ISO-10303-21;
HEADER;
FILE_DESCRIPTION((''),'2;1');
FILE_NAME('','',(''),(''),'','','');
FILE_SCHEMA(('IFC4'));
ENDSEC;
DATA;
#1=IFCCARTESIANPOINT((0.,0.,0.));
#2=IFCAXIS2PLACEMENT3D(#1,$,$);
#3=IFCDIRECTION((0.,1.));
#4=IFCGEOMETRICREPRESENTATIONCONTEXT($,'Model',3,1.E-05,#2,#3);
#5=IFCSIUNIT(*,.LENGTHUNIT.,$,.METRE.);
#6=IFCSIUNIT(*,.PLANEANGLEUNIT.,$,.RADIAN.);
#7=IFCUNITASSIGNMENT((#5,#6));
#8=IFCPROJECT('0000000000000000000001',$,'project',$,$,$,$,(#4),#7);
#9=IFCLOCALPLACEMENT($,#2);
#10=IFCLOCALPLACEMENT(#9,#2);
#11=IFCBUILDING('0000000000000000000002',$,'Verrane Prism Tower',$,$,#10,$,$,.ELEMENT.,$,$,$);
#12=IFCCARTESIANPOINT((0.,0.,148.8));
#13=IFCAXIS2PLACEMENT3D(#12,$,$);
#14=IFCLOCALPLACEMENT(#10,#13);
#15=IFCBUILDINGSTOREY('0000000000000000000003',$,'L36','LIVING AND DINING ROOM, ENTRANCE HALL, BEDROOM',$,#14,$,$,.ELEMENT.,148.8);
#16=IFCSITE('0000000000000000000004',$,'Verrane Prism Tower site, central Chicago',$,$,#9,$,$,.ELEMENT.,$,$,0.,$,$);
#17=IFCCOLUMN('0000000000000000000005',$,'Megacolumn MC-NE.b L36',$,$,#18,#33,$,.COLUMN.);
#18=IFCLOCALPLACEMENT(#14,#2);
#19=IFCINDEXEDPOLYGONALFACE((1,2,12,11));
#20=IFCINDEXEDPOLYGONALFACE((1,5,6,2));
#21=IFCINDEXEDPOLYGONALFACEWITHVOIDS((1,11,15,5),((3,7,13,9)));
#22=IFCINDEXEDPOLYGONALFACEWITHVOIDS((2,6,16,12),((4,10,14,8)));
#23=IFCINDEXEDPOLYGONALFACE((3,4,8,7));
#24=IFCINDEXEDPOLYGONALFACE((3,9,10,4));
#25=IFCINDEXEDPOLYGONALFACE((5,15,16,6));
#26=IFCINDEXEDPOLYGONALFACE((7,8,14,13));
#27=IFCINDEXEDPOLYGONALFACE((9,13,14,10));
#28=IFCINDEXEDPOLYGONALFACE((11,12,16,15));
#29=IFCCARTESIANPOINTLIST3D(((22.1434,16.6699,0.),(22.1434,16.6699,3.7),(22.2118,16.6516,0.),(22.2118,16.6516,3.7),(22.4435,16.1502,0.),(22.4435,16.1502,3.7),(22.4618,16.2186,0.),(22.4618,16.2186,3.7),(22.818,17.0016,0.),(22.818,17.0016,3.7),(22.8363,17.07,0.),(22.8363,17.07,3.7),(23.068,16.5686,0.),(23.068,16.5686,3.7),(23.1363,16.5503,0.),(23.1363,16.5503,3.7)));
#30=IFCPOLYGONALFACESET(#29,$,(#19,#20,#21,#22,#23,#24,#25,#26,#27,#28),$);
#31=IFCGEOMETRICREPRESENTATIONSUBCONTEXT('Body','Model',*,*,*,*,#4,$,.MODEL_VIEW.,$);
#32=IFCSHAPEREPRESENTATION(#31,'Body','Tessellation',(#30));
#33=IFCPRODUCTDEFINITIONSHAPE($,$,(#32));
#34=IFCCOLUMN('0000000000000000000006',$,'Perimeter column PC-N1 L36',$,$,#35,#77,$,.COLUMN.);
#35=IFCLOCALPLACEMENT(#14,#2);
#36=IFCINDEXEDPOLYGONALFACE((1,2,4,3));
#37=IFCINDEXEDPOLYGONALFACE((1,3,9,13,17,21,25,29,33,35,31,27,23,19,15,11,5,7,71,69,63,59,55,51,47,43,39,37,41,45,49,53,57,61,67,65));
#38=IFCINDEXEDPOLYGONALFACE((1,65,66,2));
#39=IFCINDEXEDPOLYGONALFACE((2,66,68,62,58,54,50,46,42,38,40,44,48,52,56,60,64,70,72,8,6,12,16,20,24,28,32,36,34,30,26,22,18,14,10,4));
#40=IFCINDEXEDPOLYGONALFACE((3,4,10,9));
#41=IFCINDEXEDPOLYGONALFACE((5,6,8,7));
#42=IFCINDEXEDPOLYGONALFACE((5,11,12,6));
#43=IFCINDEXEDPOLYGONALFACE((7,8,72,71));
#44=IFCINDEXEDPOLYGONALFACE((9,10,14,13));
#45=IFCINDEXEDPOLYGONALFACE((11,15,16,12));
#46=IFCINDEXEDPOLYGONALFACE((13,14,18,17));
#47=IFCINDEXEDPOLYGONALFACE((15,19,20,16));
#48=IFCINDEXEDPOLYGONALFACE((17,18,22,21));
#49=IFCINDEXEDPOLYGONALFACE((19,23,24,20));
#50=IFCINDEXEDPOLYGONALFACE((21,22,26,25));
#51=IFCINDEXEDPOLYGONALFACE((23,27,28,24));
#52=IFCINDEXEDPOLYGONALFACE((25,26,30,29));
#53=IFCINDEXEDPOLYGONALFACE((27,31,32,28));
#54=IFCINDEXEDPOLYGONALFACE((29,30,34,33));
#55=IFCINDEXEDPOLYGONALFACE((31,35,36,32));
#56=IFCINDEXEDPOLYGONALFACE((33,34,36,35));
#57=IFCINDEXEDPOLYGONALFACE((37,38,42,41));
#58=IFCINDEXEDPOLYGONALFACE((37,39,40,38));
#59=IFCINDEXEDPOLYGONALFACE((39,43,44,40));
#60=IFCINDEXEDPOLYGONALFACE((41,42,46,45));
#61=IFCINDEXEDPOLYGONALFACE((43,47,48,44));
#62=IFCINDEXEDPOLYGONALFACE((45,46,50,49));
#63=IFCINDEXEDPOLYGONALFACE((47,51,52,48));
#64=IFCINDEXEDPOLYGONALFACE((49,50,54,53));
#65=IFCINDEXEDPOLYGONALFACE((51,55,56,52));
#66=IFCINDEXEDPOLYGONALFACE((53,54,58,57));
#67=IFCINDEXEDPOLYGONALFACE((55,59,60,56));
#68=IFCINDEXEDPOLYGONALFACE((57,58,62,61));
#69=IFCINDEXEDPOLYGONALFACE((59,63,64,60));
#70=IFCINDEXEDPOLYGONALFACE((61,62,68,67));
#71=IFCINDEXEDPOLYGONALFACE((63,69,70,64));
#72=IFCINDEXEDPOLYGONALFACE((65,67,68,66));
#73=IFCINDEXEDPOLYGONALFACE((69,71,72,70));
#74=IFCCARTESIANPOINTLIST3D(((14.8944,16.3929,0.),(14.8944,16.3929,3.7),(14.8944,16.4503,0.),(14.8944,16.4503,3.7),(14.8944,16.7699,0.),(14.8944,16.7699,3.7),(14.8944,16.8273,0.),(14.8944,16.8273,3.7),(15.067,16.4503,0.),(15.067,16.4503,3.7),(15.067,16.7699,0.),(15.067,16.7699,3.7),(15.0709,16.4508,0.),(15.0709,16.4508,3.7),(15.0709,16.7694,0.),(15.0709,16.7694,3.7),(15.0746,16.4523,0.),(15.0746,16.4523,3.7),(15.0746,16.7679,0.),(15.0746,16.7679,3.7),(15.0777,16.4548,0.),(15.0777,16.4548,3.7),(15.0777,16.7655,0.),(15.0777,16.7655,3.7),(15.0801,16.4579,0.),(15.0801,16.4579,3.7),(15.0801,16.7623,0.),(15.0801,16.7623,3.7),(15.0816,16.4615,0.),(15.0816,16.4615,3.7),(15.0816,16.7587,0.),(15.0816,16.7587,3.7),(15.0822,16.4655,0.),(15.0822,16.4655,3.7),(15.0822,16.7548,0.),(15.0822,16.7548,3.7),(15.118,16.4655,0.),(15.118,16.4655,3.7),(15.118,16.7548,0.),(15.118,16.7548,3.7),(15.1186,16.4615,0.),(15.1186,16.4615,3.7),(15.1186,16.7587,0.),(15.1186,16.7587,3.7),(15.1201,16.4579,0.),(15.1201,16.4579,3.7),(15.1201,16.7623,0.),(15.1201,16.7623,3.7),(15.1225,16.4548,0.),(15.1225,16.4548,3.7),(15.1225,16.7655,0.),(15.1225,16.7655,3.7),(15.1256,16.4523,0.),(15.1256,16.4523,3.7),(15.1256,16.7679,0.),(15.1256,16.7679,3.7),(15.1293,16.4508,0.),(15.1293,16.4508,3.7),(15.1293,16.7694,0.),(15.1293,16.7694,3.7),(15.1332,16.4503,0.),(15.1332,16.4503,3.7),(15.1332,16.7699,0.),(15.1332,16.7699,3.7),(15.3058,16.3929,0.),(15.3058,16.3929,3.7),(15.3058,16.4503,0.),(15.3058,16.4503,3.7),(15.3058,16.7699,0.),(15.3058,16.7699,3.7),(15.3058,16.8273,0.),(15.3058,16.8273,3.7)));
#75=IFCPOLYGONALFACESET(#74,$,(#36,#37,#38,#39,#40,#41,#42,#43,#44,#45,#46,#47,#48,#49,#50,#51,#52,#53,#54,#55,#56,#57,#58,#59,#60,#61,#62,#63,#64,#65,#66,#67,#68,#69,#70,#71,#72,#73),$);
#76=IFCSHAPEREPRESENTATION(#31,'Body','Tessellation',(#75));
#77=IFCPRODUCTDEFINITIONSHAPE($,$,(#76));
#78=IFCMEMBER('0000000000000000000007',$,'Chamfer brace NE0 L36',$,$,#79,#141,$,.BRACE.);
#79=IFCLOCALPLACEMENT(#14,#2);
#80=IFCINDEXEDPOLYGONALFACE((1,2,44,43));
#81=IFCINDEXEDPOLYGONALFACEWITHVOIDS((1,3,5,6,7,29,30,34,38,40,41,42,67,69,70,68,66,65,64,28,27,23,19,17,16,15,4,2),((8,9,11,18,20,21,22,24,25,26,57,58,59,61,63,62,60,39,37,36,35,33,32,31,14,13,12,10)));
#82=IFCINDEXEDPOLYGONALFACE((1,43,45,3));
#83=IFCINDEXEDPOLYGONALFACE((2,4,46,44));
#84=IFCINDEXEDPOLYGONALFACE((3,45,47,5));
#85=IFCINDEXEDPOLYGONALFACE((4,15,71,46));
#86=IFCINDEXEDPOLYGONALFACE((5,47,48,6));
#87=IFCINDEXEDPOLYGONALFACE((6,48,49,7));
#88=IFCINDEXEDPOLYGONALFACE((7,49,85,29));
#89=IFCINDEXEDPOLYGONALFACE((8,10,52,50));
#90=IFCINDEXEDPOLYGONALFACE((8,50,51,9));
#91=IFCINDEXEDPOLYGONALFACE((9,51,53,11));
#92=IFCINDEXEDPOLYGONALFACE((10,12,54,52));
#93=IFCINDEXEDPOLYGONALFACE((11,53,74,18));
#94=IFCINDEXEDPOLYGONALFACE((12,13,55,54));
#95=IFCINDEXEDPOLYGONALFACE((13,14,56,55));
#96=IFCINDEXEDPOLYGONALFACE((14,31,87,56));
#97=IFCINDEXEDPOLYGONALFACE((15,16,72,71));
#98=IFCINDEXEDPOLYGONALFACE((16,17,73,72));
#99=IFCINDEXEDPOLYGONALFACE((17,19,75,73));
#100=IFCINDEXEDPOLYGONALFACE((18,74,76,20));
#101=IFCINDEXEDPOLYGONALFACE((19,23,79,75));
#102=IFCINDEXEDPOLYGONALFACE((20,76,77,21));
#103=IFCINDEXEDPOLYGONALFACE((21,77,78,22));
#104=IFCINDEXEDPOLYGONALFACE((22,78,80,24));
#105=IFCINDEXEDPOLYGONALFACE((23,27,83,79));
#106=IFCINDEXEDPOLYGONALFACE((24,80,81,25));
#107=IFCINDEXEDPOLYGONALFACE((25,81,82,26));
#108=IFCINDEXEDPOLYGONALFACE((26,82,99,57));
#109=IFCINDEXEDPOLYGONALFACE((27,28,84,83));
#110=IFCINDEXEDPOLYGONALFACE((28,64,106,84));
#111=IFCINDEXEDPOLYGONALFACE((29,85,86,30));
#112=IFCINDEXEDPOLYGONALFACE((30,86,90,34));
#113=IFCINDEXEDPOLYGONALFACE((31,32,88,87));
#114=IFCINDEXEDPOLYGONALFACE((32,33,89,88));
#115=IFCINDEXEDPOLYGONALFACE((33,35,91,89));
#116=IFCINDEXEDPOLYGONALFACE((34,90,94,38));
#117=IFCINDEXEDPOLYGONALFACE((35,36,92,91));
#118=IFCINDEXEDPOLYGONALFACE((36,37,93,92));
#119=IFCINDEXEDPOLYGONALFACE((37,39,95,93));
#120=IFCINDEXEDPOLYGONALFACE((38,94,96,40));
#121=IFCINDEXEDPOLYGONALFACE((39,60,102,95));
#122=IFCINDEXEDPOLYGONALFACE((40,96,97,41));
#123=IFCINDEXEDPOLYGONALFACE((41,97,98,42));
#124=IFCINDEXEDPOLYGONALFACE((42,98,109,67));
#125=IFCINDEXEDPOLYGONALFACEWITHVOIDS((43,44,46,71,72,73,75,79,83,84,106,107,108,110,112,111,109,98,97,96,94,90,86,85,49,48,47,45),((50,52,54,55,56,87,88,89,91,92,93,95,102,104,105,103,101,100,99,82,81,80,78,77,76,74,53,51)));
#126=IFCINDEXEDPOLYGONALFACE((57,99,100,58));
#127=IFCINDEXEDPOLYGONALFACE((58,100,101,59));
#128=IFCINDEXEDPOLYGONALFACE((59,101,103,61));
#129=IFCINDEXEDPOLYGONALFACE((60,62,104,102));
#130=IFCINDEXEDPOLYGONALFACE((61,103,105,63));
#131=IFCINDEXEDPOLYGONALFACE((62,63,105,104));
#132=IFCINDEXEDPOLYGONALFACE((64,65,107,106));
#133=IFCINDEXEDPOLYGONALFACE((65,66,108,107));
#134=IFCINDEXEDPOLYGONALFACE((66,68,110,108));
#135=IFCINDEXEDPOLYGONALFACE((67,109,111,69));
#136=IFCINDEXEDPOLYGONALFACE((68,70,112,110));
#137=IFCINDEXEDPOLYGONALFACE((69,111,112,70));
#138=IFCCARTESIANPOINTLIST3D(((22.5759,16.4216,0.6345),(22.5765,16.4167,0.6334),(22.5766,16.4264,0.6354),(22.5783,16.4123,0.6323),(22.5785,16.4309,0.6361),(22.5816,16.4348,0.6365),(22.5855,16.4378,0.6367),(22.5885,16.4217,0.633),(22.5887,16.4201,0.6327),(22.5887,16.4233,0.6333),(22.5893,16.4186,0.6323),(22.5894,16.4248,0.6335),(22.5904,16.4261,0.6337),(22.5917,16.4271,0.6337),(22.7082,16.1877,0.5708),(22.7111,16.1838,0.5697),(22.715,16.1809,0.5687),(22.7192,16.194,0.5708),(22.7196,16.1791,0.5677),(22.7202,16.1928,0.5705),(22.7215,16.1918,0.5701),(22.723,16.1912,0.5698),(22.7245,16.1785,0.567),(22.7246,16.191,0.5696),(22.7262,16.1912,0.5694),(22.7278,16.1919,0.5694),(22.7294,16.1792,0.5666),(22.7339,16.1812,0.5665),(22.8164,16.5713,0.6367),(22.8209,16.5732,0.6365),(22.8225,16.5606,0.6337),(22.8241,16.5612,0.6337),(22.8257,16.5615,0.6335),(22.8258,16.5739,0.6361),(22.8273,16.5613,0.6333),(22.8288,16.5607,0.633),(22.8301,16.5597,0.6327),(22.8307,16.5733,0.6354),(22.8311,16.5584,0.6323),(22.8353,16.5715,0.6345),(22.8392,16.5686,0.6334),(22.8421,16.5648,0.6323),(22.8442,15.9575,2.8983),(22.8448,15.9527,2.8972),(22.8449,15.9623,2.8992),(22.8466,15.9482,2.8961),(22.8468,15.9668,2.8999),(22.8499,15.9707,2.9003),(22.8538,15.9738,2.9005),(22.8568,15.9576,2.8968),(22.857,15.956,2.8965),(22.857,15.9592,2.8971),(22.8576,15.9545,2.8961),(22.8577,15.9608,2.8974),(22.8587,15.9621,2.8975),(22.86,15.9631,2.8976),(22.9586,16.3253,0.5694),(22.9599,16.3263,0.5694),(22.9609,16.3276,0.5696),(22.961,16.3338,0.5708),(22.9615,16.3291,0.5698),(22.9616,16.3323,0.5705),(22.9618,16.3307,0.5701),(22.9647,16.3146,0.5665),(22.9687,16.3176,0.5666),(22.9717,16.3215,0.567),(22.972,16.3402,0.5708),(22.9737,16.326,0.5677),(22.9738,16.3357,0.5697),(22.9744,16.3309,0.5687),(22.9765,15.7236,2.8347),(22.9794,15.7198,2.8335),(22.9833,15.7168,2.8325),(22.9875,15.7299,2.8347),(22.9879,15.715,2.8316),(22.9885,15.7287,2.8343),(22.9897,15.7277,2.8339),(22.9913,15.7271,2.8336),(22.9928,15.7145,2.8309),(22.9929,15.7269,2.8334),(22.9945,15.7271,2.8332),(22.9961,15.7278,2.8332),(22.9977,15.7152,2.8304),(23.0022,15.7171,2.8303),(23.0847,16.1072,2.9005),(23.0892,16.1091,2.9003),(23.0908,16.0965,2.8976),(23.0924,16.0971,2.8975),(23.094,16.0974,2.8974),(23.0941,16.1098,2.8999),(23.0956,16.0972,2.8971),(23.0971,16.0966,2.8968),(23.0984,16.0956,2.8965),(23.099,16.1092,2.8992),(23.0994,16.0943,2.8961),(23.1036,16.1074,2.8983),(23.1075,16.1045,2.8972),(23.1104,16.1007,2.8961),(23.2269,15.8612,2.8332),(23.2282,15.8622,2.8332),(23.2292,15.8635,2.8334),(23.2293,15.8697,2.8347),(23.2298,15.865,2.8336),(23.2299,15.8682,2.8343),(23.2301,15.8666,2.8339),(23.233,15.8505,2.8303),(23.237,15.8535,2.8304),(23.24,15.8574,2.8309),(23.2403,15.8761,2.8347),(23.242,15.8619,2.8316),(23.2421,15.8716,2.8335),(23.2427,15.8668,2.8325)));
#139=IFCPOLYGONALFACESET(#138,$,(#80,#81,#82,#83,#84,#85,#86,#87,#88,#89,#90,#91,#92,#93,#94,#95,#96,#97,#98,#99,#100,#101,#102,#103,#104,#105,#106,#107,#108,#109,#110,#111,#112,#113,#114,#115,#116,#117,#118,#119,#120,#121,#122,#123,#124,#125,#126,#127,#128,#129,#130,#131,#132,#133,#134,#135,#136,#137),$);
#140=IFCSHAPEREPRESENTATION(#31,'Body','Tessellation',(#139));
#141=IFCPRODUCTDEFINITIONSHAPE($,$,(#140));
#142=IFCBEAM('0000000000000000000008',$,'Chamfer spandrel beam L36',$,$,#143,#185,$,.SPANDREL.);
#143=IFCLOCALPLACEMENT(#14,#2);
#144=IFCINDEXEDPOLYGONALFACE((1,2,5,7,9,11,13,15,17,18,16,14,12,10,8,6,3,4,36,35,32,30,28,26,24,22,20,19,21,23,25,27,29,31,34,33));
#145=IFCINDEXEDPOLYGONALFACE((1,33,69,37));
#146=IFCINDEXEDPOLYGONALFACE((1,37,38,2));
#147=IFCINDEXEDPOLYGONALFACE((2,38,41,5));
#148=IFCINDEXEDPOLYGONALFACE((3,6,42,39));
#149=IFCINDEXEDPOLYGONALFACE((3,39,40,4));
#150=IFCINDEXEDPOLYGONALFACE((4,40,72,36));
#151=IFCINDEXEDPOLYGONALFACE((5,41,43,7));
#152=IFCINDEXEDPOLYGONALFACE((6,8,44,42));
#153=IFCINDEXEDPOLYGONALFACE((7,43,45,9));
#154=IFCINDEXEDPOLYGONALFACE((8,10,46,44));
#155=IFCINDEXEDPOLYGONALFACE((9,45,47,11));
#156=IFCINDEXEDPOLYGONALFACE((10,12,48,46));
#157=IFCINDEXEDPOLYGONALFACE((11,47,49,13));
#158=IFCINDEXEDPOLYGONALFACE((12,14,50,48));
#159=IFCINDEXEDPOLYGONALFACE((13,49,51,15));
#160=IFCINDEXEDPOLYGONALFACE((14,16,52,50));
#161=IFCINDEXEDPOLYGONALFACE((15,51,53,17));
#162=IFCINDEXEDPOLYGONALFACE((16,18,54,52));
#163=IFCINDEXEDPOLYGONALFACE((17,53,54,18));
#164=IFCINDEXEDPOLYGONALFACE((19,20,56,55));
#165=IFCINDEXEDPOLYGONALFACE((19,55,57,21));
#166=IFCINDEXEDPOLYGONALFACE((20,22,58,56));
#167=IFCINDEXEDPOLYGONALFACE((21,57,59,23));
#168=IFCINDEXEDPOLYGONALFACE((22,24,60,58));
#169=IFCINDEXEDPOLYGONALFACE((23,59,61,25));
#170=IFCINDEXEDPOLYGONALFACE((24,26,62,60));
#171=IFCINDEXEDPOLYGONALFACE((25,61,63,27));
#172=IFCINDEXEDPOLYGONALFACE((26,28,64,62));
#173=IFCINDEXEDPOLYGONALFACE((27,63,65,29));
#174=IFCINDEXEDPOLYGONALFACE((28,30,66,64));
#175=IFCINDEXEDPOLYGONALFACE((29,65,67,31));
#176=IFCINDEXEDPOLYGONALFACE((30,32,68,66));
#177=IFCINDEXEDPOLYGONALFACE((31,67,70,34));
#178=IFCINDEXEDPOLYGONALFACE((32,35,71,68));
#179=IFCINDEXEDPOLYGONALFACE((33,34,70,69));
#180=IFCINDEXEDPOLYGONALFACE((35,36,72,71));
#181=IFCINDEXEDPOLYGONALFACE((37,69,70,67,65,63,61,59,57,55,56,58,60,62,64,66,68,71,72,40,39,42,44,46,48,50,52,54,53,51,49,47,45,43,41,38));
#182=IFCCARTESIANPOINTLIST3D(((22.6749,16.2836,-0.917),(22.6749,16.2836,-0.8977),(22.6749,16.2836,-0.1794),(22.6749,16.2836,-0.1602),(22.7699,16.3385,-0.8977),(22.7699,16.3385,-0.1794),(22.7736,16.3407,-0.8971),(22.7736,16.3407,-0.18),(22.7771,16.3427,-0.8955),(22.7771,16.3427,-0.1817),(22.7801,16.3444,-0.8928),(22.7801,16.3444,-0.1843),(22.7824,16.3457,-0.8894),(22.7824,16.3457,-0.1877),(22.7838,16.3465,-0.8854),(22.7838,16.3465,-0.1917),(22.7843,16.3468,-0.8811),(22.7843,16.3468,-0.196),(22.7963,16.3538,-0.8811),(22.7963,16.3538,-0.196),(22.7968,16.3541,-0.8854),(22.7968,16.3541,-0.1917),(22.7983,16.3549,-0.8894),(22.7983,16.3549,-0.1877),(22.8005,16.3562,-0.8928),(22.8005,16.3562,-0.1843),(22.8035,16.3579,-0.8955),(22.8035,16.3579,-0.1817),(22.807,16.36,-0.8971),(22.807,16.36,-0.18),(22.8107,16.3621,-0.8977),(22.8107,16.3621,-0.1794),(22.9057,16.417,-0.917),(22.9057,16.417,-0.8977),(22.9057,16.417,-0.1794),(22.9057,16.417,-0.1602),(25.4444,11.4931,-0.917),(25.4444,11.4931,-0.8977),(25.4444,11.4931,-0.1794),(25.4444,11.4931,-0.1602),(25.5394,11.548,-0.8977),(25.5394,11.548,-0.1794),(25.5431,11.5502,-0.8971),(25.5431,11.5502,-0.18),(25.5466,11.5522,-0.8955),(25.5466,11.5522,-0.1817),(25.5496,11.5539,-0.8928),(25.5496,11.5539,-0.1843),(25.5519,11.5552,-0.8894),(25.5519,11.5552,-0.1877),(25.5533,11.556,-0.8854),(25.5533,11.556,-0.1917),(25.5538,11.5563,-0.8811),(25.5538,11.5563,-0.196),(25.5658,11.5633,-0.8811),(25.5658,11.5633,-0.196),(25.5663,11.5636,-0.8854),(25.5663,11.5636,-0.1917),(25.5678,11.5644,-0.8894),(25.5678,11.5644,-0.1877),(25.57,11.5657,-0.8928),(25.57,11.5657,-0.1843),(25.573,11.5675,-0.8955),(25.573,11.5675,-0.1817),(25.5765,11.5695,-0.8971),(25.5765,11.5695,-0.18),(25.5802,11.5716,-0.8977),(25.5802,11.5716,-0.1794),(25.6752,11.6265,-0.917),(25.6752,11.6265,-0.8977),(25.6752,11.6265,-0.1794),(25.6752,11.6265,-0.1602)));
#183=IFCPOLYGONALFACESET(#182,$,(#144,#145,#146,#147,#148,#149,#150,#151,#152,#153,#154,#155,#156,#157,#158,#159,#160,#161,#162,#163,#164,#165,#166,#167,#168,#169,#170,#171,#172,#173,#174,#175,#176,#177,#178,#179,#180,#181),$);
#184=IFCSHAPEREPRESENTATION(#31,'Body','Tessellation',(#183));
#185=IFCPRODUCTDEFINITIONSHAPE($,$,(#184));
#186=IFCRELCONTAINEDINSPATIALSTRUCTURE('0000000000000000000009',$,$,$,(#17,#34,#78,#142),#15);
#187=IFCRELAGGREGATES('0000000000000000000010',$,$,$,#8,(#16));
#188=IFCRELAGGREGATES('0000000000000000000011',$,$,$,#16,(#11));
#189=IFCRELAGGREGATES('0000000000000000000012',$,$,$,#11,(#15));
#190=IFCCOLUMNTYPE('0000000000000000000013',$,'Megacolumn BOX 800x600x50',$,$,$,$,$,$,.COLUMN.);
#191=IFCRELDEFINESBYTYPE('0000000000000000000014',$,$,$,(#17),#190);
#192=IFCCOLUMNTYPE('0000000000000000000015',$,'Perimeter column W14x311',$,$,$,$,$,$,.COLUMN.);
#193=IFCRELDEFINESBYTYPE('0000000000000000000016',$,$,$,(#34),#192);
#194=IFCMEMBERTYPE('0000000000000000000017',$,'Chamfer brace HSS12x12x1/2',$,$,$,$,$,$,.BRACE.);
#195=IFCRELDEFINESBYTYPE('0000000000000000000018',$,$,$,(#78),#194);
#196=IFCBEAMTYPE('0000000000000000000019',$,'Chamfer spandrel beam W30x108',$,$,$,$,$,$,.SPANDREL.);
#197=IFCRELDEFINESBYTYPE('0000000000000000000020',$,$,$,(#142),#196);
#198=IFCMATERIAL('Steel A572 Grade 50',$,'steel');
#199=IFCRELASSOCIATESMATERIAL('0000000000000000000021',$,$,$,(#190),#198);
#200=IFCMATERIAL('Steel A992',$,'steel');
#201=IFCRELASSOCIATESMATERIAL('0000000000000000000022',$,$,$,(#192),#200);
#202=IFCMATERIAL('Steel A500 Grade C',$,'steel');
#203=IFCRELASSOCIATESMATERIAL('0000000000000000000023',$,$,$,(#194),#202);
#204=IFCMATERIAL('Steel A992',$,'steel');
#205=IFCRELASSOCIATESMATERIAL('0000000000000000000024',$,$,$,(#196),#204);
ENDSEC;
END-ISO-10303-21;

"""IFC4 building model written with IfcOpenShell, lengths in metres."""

from ifc_helpers import new_model, si_unit, direction, frame, origin, origin_2d, place, context, subcontext, project, spatial, hollow_rectangle, i_section, extrude, material, material_profile, profile_set, type_object, element, save


model = new_model("IFC4")

# Units and contexts
model_context = context("Model", 3, precision=1e-05, world=origin(), true_north=direction((0.0, 1.0)))
body_context = subcontext(model_context, "Body", "Model", "MODEL_VIEW")
ifc_project = project(units=[si_unit("LENGTHUNIT", "METRE"), si_unit("PLANEANGLEUNIT", "RADIAN")], contexts=[model_context])

# Site, building, storey
site_placement = place(None, origin())
site = spatial("IfcSite", under=ifc_project, at=site_placement, Name="Verrane Prism Tower site, central Chicago", CompositionType="ELEMENT", RefElevation=0.0)
building_placement = place(site_placement, origin())
building = spatial("IfcBuilding", under=site, at=building_placement, Name="Verrane Prism Tower", CompositionType="ELEMENT")
storey_placement = place(building_placement, frame((0.0, 0.0, 148.8)))
storey = spatial("IfcBuildingStorey", under=building, at=storey_placement, Name="L36", Description="LIVING AND DINING ROOM, ENTRANCE HALL, BEDROOM", CompositionType="ELEMENT", Elevation=148.8)

# Columns
ifc_material_1 = material(Name="Steel A572 Grade 50", Category="steel")
ifc_material_profile_1 = material_profile(ifc_material_1, hollow_rectangle(XDim=0.6001, YDim=0.8, WallThickness=0.05, at=origin_2d()), Name="BOX 800x600x50")
ifc_profile_set_1 = profile_set([ifc_material_profile_1], Name="Steel A572 Grade 50")
column_type_1 = type_object("IfcColumnType", Name="Megacolumn BOX 800x600x50", PredefinedType="COLUMN", material=ifc_profile_set_1)
column_1_placement = place(storey_placement, frame((22.6399, 16.6101, 0.0), z_axis=(0.0, 0.0, 1.0), x_axis=(0.5, -0.866025, 0.0)))
element("IfcColumn", 1, at=column_1_placement, inside=storey, type_object=column_type_1, Name="Megacolumn MC-NE.b L36", PredefinedType="COLUMN", context=body_context, shape_type="SweptSolid", body=[
    extrude(hollow_rectangle(XDim=0.6001, YDim=0.8, WallThickness=0.05, at=origin_2d()), origin(), (0.0, 0.0, 1.0), 3.7),
])
ifc_material_2 = material(Name="Steel A992", Category="steel")
ifc_material_profile_2 = material_profile(ifc_material_2, i_section(OverallWidth=0.4114, OverallDepth=0.4343, WebThickness=0.0359, FlangeThickness=0.0574, FilletRadius=0.0151, at=origin_2d()), Name="W14x311")
ifc_profile_set_2 = profile_set([ifc_material_profile_2], Name="Steel A992")
column_type_2 = type_object("IfcColumnType", Name="Perimeter column W14x311", PredefinedType="COLUMN", material=ifc_profile_set_2)
column_2_placement = place(storey_placement, frame((15.1001, 16.6101, 0.0), z_axis=(0.0, 0.0, 1.0), x_axis=(1.0, 0.0, 0.0)))
element("IfcColumn", 2, at=column_2_placement, inside=storey, type_object=column_type_2, Name="Perimeter column PC-N1 L36", PredefinedType="COLUMN", context=body_context, shape_type="SweptSolid", body=[
    extrude(i_section(OverallWidth=0.4114, OverallDepth=0.4343, WebThickness=0.0359, FlangeThickness=0.0574, FilletRadius=0.0151, at=origin_2d()), origin(), (0.0, 0.0, 1.0), 3.7),
])

# Member
ifc_material_3 = material(Name="Steel A500 Grade C", Category="steel")
ifc_material_profile_3 = material_profile(ifc_material_3, hollow_rectangle(XDim=0.3047, YDim=0.3047, WallThickness=0.0127, InnerFilletRadius=0.0063, OuterFilletRadius=0.019, at=origin_2d()), Name="HSS12x12x1/2")
ifc_profile_set_3 = profile_set([ifc_material_profile_3], Name="Steel A500 Grade C")
member_type_1 = type_object("IfcMemberType", Name="Chamfer brace HSS12x12x1/2", PredefinedType="BRACE", material=ifc_profile_set_3)
member_1_placement = place(storey_placement, frame((22.7751, 16.3762, 0.6016), z_axis=(0.115327, -0.199487, 0.97309), x_axis=(0.865738, 0.500498, 0.0)))
element("IfcMember", 3, at=member_1_placement, inside=storey, type_object=member_type_1, Name="Chamfer brace NE0 L36", PredefinedType="BRACE", context=body_context, shape_type="SweptSolid", body=[
    extrude(hollow_rectangle(XDim=0.3047, YDim=0.3047, WallThickness=0.0127, InnerFilletRadius=0.0063, OuterFilletRadius=0.019, at=origin_2d()), origin(), (0.0, 0.0, 1.0), 2.3264),
])

# Beam
ifc_material_4 = material(Name="Steel A992", Category="steel")
ifc_material_profile_4 = material_profile(ifc_material_4, i_section(OverallWidth=0.2666, OverallDepth=0.7568, WebThickness=0.0139, FlangeThickness=0.0193, FilletRadius=0.0166, at=origin_2d()), Name="W30x108")
ifc_profile_set_4 = profile_set([ifc_material_profile_4], Name="Steel A992")
beam_type_1 = type_object("IfcBeamType", Name="Chamfer spandrel beam W30x108", PredefinedType="SPANDREL", material=ifc_profile_set_4)
beam_1_placement = place(storey_placement, frame((25.5598, 11.5598, -0.5386), z_axis=(-0.500504, 0.865734, 0.0), x_axis=(-0.865734, -0.500504, 0.0)))
element("IfcBeam", 4, at=beam_1_placement, inside=storey, type_object=beam_type_1, Name="Chamfer spandrel beam L36", PredefinedType="SPANDREL", context=body_context, shape_type="SweptSolid", body=[
    extrude(i_section(OverallWidth=0.2666, OverallDepth=0.7568, WebThickness=0.0139, FlangeThickness=0.0193, FilletRadius=0.0166, at=origin_2d()), origin(), (0.0, 0.0, 1.0), 5.5334),
])

save(model, "model.ifc")
